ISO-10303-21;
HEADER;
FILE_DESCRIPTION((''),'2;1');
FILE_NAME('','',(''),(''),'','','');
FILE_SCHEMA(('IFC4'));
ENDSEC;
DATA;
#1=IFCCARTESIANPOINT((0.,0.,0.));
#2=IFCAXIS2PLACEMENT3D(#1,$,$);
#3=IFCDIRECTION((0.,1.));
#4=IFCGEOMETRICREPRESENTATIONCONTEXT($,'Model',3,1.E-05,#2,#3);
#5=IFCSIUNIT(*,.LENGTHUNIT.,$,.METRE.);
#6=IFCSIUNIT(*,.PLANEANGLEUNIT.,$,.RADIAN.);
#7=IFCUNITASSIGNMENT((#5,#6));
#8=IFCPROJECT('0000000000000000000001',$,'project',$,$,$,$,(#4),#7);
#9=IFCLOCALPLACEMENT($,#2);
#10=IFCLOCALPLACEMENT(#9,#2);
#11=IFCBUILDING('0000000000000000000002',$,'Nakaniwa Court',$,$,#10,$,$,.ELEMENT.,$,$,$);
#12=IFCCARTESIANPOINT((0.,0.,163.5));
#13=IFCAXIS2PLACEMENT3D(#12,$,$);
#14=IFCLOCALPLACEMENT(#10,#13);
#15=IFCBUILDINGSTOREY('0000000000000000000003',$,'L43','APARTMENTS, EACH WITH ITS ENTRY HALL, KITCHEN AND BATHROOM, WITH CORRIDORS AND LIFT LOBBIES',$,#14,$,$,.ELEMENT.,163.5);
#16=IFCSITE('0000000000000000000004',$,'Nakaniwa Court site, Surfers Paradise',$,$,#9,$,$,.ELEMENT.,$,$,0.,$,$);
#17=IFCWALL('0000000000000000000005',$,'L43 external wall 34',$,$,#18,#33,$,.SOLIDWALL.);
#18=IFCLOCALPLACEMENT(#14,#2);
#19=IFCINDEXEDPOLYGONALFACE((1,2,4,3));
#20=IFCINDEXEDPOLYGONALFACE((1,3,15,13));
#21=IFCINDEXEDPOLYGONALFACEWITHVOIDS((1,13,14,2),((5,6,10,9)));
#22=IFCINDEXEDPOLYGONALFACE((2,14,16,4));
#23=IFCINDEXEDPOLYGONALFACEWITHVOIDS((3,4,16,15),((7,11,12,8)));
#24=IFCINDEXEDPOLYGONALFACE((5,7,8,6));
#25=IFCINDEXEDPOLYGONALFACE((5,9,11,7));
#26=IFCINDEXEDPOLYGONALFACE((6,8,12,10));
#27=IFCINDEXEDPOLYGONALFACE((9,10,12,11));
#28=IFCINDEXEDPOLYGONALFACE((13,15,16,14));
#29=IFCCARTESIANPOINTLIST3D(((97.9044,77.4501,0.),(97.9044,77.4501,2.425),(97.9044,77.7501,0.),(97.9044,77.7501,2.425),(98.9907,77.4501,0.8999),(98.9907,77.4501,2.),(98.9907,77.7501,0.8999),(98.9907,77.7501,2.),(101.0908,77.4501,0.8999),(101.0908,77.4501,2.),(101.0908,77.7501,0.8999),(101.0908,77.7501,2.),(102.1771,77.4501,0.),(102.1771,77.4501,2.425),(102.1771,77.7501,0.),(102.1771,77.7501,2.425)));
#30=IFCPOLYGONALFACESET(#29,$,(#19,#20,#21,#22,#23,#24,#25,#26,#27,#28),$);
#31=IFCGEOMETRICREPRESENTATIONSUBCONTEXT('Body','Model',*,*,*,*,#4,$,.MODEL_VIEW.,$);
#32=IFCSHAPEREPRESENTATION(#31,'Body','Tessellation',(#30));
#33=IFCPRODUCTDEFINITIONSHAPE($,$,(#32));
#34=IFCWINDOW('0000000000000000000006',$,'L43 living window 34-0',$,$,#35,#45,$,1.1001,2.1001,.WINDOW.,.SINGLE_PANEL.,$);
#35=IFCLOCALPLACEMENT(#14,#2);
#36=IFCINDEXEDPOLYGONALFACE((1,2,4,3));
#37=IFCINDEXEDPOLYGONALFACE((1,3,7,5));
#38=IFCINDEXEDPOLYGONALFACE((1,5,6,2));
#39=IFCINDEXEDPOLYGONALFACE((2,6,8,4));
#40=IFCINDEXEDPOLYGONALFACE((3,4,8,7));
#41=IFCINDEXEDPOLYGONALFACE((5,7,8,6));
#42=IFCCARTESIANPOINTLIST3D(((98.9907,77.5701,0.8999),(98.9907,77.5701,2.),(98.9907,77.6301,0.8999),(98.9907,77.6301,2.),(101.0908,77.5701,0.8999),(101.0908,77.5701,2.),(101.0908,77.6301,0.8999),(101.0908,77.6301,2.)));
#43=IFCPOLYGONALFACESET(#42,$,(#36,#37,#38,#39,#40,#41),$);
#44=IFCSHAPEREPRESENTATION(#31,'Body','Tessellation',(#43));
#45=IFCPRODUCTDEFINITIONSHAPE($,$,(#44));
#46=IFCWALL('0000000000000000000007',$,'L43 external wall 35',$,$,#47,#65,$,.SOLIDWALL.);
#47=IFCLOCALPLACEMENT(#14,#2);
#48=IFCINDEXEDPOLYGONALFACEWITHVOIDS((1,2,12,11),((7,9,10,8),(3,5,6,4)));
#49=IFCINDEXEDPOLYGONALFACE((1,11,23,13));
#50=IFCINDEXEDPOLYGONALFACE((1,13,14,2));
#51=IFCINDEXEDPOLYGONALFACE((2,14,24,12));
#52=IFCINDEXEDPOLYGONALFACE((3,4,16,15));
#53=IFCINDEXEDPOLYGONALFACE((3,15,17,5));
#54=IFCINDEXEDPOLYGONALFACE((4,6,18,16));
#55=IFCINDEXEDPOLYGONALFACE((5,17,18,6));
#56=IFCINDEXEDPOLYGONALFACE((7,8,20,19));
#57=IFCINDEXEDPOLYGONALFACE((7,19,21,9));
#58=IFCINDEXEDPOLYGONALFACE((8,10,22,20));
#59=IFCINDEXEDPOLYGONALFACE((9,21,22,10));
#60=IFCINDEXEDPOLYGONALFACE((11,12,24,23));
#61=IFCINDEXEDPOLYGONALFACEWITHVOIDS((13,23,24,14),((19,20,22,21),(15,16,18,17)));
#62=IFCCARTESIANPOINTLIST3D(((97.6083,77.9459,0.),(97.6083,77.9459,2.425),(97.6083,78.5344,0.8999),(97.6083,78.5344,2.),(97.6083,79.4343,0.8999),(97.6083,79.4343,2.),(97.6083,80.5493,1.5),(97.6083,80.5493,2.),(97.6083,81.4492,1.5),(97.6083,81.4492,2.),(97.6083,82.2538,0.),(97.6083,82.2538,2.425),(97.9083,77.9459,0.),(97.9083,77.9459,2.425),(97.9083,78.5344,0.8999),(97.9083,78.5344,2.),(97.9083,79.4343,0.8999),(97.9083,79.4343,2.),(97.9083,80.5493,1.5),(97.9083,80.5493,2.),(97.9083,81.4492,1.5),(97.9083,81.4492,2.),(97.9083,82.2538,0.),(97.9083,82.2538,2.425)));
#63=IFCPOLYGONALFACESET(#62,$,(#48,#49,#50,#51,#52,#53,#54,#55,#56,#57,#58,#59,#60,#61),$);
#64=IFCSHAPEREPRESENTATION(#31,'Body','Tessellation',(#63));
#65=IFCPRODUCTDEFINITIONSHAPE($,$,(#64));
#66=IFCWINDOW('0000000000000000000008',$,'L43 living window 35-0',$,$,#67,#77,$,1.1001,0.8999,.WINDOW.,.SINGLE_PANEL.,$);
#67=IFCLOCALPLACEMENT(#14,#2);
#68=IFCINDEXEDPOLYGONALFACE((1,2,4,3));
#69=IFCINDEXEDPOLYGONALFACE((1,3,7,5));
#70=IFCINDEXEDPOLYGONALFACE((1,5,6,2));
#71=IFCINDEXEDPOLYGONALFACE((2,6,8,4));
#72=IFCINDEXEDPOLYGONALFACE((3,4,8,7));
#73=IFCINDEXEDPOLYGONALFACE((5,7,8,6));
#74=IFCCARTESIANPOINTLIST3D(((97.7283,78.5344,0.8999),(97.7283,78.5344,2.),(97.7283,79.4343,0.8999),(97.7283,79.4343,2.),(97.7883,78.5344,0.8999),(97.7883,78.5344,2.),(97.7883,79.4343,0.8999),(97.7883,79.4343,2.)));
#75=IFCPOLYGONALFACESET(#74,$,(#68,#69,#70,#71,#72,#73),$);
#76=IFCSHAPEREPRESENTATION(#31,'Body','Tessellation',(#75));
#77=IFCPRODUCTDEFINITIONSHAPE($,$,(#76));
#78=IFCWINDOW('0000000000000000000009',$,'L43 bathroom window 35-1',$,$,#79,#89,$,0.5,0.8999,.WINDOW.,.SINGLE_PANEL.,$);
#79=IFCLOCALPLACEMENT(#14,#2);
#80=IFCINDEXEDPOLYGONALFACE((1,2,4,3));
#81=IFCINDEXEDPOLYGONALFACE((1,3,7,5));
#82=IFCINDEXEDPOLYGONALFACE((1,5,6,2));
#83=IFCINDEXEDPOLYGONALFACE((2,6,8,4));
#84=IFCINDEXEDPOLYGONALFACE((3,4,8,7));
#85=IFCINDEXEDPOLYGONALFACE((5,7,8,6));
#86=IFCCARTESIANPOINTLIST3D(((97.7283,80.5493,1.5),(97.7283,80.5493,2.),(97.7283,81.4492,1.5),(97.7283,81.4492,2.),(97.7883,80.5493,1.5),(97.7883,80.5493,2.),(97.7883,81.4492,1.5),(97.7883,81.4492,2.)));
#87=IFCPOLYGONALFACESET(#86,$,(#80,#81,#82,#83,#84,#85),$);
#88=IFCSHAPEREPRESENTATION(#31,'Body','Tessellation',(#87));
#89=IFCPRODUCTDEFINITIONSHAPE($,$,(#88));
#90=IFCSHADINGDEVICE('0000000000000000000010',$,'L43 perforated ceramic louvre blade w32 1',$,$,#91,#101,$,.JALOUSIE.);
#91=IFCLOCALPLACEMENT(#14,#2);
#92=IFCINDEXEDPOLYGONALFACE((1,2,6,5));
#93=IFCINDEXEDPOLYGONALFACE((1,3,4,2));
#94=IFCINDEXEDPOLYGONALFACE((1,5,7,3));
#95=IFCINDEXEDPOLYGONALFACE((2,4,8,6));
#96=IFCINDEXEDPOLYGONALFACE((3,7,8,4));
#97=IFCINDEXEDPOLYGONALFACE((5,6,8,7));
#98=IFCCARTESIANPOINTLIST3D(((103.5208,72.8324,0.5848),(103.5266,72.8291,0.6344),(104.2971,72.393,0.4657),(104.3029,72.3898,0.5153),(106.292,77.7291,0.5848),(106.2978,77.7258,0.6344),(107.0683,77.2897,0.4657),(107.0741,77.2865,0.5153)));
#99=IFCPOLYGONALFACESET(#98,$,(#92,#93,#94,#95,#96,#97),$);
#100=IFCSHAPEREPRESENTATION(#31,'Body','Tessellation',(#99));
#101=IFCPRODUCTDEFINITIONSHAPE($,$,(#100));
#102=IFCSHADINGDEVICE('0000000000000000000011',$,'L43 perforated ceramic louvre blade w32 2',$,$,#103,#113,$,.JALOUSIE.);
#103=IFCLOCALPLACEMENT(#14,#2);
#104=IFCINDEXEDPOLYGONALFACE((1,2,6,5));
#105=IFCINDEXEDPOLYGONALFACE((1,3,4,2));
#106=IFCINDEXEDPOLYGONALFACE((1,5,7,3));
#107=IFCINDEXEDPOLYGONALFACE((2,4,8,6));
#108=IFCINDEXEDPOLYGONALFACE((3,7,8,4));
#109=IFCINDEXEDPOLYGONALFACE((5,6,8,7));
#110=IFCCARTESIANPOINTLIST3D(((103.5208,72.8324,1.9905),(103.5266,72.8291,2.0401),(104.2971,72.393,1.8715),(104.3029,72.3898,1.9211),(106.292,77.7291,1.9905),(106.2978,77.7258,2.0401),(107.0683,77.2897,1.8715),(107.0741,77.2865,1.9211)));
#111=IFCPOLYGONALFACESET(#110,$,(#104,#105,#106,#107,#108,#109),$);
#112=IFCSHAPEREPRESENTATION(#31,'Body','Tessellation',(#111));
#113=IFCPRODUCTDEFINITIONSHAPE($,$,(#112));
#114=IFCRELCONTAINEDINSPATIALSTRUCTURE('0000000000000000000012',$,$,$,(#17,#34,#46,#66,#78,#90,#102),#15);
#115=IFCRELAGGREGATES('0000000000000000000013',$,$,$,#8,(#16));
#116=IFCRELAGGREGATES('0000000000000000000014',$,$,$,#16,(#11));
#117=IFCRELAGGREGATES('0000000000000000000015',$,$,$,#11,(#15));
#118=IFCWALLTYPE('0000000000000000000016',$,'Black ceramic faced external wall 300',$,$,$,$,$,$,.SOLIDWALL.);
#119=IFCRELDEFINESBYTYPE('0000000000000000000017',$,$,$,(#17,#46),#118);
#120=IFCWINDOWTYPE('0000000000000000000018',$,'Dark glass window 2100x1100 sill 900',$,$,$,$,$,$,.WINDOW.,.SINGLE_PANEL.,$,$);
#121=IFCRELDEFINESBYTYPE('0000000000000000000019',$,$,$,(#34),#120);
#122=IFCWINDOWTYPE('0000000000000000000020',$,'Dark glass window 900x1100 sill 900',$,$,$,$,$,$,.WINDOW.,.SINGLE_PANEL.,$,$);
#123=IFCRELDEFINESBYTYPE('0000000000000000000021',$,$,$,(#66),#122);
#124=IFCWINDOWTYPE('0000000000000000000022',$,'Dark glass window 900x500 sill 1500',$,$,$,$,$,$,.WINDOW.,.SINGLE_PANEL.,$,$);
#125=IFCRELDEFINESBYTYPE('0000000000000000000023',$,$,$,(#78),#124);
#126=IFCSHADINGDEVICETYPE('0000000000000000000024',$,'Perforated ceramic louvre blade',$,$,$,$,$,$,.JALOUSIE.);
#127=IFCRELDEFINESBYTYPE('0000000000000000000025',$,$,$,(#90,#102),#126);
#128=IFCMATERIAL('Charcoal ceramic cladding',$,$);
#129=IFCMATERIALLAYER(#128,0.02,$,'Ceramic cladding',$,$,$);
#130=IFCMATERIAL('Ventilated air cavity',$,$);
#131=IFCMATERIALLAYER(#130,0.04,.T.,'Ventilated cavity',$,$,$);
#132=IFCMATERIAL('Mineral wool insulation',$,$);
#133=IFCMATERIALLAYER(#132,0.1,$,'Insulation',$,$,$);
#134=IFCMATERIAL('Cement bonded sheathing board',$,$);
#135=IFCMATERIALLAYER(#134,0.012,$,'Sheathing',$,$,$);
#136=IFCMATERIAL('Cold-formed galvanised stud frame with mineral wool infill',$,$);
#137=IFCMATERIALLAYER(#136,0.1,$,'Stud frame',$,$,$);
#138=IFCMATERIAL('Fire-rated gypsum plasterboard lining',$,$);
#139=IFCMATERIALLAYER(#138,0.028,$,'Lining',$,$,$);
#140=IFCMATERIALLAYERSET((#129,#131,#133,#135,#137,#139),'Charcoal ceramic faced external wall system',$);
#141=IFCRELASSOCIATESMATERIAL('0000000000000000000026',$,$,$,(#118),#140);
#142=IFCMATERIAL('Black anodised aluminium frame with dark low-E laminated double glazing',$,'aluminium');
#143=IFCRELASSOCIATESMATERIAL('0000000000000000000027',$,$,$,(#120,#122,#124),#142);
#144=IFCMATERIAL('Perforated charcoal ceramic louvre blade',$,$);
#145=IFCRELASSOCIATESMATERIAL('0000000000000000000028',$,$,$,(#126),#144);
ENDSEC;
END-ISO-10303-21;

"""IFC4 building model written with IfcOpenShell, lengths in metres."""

from ifc_helpers import new_model, si_unit, direction, frame, frame_2d, origin, origin_2d, place, context, subcontext, project, spatial, rectangle, extrude, material, layer, layer_set, material_profile, profile_set, type_object, element, fill, save


model = new_model("IFC4")

# Units and contexts
model_context = context("Model", 3, precision=1e-05, world=origin(), true_north=direction((0.0, 1.0)))
body_context = subcontext(model_context, "Body", "Model", "MODEL_VIEW")
ifc_project = project(units=[si_unit("LENGTHUNIT", "METRE"), si_unit("PLANEANGLEUNIT", "RADIAN")], contexts=[model_context])

# Site, building, storey
site_placement = place(None, origin())
site = spatial("IfcSite", under=ifc_project, at=site_placement, Name="Nakaniwa Court site, Surfers Paradise", CompositionType="ELEMENT", RefElevation=0.0)
building_placement = place(site_placement, origin())
building = spatial("IfcBuilding", under=site, at=building_placement, Name="Nakaniwa Court", CompositionType="ELEMENT")
storey_placement = place(building_placement, frame((0.0, 0.0, 163.5)))
storey = spatial("IfcBuildingStorey", under=building, at=storey_placement, Name="L43", Description="APARTMENTS, EACH WITH ITS ENTRY HALL, KITCHEN AND BATHROOM, WITH CORRIDORS AND LIFT LOBBIES", CompositionType="ELEMENT", Elevation=163.5)

# Shared definitions
ifc_material_1 = material(Name="Charcoal ceramic cladding")
ifc_layer_1 = layer(ifc_material_1, 0.02, Name="Ceramic cladding")
ifc_material_2 = material(Name="Ventilated air cavity")
ifc_layer_2 = layer(ifc_material_2, 0.04, ventilated=True, Name="Ventilated cavity")
ifc_material_3 = material(Name="Mineral wool insulation")
ifc_layer_3 = layer(ifc_material_3, 0.1, Name="Insulation")
ifc_material_4 = material(Name="Cement bonded sheathing board")
ifc_layer_4 = layer(ifc_material_4, 0.012, Name="Sheathing")
ifc_material_5 = material(Name="Cold-formed galvanised stud frame with mineral wool infill")
ifc_layer_5 = layer(ifc_material_5, 0.1, Name="Stud frame")
ifc_material_6 = material(Name="Fire-rated gypsum plasterboard lining")
ifc_layer_6 = layer(ifc_material_6, 0.028, Name="Lining")
ifc_layer_set = layer_set([ifc_layer_1, ifc_layer_2, ifc_layer_3, ifc_layer_4, ifc_layer_5, ifc_layer_6], Name="Charcoal ceramic faced external wall system")
wall_type = type_object("IfcWallType", Name="Black ceramic faced external wall 300", PredefinedType="SOLIDWALL", material=ifc_layer_set)
ifc_material_7 = material(Name="Black anodised aluminium frame with dark low-E laminated double glazing", Category="aluminium")

# Wall, opening, window
wall_1_placement = place(storey_placement, frame((102.177, 77.6001, 0.0), z_axis=(0.0, 0.0, 1.0), x_axis=(-1.0, 0.0, 0.0)))
wall_1 = element("IfcWall", 1, at=wall_1_placement, inside=storey, type_object=wall_type, Name="L43 external wall 34", PredefinedType="SOLIDWALL", context=body_context, shape_type="SweptSolid", body=[
    extrude(rectangle(XDim=4.2727, YDim=0.3, at=frame_2d((2.1362, 0.0))), origin(), (0.0, 0.0, 1.0), 2.425),
])
opening_1_placement = place(wall_1_placement, frame((1.0862, 0.0, 0.8999)))
opening_1 = element("IfcOpeningElement", 2, at=opening_1_placement, cuts=wall_1, PredefinedType="OPENING", context=body_context, shape_type="SweptSolid", body=[
    extrude(rectangle(XDim=2.1001, YDim=1.1001, at=frame_2d((1.05, 0.55))), frame((0.0, 0.1599, 0.0), z_axis=(0.0, -1.0, 0.0), x_axis=(1.0, 0.0, 0.0)), (0.0, 0.0, 1.0), 0.3201),
])
window_type_1 = type_object("IfcWindowType", Name="Dark glass window 2100x1100 sill 900", PartitioningType="SINGLE_PANEL", PredefinedType="WINDOW", material=ifc_material_7)
window_1_placement = place(opening_1_placement, origin())
window_1 = element("IfcWindow", 3, at=window_1_placement, inside=storey, type_object=window_type_1, Name="L43 living window 34-0", OverallHeight=1.1001, OverallWidth=2.1001, PartitioningType="SINGLE_PANEL", PredefinedType="WINDOW", context=body_context, shape_type="SweptSolid", body=[
    extrude(rectangle(XDim=2.1001, YDim=1.1001, at=frame_2d((1.05, 0.55))), frame((0.0, 0.03, 0.0), z_axis=(0.0, -1.0, 0.0), x_axis=(1.0, 0.0, 0.0)), (0.0, 0.0, 1.0), 0.0601),
])
fill(opening_1, window_1)

# Wall, openings, windows
wall_2_placement = place(storey_placement, frame((97.7583, 77.946, 0.0), z_axis=(0.0, 0.0, 1.0), x_axis=(0.0, 1.0, 0.0)))
wall_2 = element("IfcWall", 4, at=wall_2_placement, inside=storey, type_object=wall_type, Name="L43 external wall 35", PredefinedType="SOLIDWALL", context=body_context, shape_type="SweptSolid", body=[
    extrude(rectangle(XDim=4.3079, YDim=0.3, at=frame_2d((2.1538, 0.0))), origin(), (0.0, 0.0, 1.0), 2.425),
])
opening_2_placement = place(wall_2_placement, frame((0.5884, 0.0, 0.8999)))
opening_2 = element("IfcOpeningElement", 5, at=opening_2_placement, cuts=wall_2, PredefinedType="OPENING", context=body_context, shape_type="SweptSolid", body=[
    extrude(rectangle(XDim=0.8999, YDim=1.1001, at=frame_2d((0.45, 0.55))), frame((0.0, 0.1599, 0.0), z_axis=(0.0, -1.0, 0.0), x_axis=(1.0, 0.0, 0.0)), (0.0, 0.0, 1.0), 0.3201),
])
opening_3_placement = place(wall_2_placement, frame((2.6033, 0.0, 1.5)))
opening_3 = element("IfcOpeningElement", 6, at=opening_3_placement, cuts=wall_2, PredefinedType="OPENING", context=body_context, shape_type="SweptSolid", body=[
    extrude(rectangle(XDim=0.8999, YDim=0.5, at=frame_2d((0.45, 0.25))), frame((0.0, 0.1599, 0.0), z_axis=(0.0, -1.0, 0.0), x_axis=(1.0, 0.0, 0.0)), (0.0, 0.0, 1.0), 0.3201),
])
window_type_2 = type_object("IfcWindowType", Name="Dark glass window 900x1100 sill 900", PartitioningType="SINGLE_PANEL", PredefinedType="WINDOW", material=ifc_material_7)
window_2_placement = place(opening_2_placement, origin())
window_2 = element("IfcWindow", 7, at=window_2_placement, inside=storey, type_object=window_type_2, Name="L43 living window 35-0", OverallHeight=1.1001, OverallWidth=0.8999, PartitioningType="SINGLE_PANEL", PredefinedType="WINDOW", context=body_context, shape_type="SweptSolid", body=[
    extrude(rectangle(XDim=0.8999, YDim=1.1001, at=frame_2d((0.45, 0.55))), frame((0.0, 0.03, 0.0), z_axis=(0.0, -1.0, 0.0), x_axis=(1.0, 0.0, 0.0)), (0.0, 0.0, 1.0), 0.0601),
])
fill(opening_2, window_2)
window_type_3 = type_object("IfcWindowType", Name="Dark glass window 900x500 sill 1500", PartitioningType="SINGLE_PANEL", PredefinedType="WINDOW", material=ifc_material_7)
window_3_placement = place(opening_3_placement, origin())
window_3 = element("IfcWindow", 8, at=window_3_placement, inside=storey, type_object=window_type_3, Name="L43 bathroom window 35-1", OverallHeight=0.5, OverallWidth=0.8999, PartitioningType="SINGLE_PANEL", PredefinedType="WINDOW", context=body_context, shape_type="SweptSolid", body=[
    extrude(rectangle(XDim=0.8999, YDim=0.5, at=frame_2d((0.45, 0.25))), frame((0.0, 0.03, 0.0), z_axis=(0.0, -1.0, 0.0), x_axis=(1.0, 0.0, 0.0)), (0.0, 0.0, 1.0), 0.0601),
])
fill(opening_3, window_3)

# Shading devices
ifc_material_8 = material(Name="Perforated charcoal ceramic louvre blade")
ifc_material_profile_1 = material_profile(ifc_material_8, rectangle(XDim=0.8999, YDim=0.05, at=origin_2d()), Name="Perforated ceramic louvre blade")
ifc_profile_set_1 = profile_set([ifc_material_profile_1], Name="Perforated charcoal ceramic louvre blade")
shading_device_type = type_object("IfcShadingDeviceType", Name="Perforated ceramic louvre blade", PredefinedType="JALOUSIE", material=ifc_profile_set_1)
for number, where, z_axis, x_axis, name in (
    (9, (103.9119, 72.6111, 0.55), (0.492532, 0.870294, 0.0), (-0.862649, 0.488205, 0.132256), "L43 perforated ceramic louvre blade w32 1"),
    (10, (103.9119, 72.6111, 1.9558), (0.492532, 0.870294, 0.0), (-0.862649, 0.488205, 0.132256), "L43 perforated ceramic louvre blade w32 2"),
):
    element("IfcShadingDevice", number, at=place(storey_placement, frame(where, z_axis=z_axis, x_axis=x_axis)), inside=storey, type_object=shading_device_type, Name=name, PredefinedType="JALOUSIE", context=body_context, shape_type="SweptSolid", body=[
        extrude(rectangle(XDim=0.8999, YDim=0.05, at=origin_2d()), origin(), (0.0, 0.0, 1.0), 5.6265),
    ])

save(model, "model.ifc")
